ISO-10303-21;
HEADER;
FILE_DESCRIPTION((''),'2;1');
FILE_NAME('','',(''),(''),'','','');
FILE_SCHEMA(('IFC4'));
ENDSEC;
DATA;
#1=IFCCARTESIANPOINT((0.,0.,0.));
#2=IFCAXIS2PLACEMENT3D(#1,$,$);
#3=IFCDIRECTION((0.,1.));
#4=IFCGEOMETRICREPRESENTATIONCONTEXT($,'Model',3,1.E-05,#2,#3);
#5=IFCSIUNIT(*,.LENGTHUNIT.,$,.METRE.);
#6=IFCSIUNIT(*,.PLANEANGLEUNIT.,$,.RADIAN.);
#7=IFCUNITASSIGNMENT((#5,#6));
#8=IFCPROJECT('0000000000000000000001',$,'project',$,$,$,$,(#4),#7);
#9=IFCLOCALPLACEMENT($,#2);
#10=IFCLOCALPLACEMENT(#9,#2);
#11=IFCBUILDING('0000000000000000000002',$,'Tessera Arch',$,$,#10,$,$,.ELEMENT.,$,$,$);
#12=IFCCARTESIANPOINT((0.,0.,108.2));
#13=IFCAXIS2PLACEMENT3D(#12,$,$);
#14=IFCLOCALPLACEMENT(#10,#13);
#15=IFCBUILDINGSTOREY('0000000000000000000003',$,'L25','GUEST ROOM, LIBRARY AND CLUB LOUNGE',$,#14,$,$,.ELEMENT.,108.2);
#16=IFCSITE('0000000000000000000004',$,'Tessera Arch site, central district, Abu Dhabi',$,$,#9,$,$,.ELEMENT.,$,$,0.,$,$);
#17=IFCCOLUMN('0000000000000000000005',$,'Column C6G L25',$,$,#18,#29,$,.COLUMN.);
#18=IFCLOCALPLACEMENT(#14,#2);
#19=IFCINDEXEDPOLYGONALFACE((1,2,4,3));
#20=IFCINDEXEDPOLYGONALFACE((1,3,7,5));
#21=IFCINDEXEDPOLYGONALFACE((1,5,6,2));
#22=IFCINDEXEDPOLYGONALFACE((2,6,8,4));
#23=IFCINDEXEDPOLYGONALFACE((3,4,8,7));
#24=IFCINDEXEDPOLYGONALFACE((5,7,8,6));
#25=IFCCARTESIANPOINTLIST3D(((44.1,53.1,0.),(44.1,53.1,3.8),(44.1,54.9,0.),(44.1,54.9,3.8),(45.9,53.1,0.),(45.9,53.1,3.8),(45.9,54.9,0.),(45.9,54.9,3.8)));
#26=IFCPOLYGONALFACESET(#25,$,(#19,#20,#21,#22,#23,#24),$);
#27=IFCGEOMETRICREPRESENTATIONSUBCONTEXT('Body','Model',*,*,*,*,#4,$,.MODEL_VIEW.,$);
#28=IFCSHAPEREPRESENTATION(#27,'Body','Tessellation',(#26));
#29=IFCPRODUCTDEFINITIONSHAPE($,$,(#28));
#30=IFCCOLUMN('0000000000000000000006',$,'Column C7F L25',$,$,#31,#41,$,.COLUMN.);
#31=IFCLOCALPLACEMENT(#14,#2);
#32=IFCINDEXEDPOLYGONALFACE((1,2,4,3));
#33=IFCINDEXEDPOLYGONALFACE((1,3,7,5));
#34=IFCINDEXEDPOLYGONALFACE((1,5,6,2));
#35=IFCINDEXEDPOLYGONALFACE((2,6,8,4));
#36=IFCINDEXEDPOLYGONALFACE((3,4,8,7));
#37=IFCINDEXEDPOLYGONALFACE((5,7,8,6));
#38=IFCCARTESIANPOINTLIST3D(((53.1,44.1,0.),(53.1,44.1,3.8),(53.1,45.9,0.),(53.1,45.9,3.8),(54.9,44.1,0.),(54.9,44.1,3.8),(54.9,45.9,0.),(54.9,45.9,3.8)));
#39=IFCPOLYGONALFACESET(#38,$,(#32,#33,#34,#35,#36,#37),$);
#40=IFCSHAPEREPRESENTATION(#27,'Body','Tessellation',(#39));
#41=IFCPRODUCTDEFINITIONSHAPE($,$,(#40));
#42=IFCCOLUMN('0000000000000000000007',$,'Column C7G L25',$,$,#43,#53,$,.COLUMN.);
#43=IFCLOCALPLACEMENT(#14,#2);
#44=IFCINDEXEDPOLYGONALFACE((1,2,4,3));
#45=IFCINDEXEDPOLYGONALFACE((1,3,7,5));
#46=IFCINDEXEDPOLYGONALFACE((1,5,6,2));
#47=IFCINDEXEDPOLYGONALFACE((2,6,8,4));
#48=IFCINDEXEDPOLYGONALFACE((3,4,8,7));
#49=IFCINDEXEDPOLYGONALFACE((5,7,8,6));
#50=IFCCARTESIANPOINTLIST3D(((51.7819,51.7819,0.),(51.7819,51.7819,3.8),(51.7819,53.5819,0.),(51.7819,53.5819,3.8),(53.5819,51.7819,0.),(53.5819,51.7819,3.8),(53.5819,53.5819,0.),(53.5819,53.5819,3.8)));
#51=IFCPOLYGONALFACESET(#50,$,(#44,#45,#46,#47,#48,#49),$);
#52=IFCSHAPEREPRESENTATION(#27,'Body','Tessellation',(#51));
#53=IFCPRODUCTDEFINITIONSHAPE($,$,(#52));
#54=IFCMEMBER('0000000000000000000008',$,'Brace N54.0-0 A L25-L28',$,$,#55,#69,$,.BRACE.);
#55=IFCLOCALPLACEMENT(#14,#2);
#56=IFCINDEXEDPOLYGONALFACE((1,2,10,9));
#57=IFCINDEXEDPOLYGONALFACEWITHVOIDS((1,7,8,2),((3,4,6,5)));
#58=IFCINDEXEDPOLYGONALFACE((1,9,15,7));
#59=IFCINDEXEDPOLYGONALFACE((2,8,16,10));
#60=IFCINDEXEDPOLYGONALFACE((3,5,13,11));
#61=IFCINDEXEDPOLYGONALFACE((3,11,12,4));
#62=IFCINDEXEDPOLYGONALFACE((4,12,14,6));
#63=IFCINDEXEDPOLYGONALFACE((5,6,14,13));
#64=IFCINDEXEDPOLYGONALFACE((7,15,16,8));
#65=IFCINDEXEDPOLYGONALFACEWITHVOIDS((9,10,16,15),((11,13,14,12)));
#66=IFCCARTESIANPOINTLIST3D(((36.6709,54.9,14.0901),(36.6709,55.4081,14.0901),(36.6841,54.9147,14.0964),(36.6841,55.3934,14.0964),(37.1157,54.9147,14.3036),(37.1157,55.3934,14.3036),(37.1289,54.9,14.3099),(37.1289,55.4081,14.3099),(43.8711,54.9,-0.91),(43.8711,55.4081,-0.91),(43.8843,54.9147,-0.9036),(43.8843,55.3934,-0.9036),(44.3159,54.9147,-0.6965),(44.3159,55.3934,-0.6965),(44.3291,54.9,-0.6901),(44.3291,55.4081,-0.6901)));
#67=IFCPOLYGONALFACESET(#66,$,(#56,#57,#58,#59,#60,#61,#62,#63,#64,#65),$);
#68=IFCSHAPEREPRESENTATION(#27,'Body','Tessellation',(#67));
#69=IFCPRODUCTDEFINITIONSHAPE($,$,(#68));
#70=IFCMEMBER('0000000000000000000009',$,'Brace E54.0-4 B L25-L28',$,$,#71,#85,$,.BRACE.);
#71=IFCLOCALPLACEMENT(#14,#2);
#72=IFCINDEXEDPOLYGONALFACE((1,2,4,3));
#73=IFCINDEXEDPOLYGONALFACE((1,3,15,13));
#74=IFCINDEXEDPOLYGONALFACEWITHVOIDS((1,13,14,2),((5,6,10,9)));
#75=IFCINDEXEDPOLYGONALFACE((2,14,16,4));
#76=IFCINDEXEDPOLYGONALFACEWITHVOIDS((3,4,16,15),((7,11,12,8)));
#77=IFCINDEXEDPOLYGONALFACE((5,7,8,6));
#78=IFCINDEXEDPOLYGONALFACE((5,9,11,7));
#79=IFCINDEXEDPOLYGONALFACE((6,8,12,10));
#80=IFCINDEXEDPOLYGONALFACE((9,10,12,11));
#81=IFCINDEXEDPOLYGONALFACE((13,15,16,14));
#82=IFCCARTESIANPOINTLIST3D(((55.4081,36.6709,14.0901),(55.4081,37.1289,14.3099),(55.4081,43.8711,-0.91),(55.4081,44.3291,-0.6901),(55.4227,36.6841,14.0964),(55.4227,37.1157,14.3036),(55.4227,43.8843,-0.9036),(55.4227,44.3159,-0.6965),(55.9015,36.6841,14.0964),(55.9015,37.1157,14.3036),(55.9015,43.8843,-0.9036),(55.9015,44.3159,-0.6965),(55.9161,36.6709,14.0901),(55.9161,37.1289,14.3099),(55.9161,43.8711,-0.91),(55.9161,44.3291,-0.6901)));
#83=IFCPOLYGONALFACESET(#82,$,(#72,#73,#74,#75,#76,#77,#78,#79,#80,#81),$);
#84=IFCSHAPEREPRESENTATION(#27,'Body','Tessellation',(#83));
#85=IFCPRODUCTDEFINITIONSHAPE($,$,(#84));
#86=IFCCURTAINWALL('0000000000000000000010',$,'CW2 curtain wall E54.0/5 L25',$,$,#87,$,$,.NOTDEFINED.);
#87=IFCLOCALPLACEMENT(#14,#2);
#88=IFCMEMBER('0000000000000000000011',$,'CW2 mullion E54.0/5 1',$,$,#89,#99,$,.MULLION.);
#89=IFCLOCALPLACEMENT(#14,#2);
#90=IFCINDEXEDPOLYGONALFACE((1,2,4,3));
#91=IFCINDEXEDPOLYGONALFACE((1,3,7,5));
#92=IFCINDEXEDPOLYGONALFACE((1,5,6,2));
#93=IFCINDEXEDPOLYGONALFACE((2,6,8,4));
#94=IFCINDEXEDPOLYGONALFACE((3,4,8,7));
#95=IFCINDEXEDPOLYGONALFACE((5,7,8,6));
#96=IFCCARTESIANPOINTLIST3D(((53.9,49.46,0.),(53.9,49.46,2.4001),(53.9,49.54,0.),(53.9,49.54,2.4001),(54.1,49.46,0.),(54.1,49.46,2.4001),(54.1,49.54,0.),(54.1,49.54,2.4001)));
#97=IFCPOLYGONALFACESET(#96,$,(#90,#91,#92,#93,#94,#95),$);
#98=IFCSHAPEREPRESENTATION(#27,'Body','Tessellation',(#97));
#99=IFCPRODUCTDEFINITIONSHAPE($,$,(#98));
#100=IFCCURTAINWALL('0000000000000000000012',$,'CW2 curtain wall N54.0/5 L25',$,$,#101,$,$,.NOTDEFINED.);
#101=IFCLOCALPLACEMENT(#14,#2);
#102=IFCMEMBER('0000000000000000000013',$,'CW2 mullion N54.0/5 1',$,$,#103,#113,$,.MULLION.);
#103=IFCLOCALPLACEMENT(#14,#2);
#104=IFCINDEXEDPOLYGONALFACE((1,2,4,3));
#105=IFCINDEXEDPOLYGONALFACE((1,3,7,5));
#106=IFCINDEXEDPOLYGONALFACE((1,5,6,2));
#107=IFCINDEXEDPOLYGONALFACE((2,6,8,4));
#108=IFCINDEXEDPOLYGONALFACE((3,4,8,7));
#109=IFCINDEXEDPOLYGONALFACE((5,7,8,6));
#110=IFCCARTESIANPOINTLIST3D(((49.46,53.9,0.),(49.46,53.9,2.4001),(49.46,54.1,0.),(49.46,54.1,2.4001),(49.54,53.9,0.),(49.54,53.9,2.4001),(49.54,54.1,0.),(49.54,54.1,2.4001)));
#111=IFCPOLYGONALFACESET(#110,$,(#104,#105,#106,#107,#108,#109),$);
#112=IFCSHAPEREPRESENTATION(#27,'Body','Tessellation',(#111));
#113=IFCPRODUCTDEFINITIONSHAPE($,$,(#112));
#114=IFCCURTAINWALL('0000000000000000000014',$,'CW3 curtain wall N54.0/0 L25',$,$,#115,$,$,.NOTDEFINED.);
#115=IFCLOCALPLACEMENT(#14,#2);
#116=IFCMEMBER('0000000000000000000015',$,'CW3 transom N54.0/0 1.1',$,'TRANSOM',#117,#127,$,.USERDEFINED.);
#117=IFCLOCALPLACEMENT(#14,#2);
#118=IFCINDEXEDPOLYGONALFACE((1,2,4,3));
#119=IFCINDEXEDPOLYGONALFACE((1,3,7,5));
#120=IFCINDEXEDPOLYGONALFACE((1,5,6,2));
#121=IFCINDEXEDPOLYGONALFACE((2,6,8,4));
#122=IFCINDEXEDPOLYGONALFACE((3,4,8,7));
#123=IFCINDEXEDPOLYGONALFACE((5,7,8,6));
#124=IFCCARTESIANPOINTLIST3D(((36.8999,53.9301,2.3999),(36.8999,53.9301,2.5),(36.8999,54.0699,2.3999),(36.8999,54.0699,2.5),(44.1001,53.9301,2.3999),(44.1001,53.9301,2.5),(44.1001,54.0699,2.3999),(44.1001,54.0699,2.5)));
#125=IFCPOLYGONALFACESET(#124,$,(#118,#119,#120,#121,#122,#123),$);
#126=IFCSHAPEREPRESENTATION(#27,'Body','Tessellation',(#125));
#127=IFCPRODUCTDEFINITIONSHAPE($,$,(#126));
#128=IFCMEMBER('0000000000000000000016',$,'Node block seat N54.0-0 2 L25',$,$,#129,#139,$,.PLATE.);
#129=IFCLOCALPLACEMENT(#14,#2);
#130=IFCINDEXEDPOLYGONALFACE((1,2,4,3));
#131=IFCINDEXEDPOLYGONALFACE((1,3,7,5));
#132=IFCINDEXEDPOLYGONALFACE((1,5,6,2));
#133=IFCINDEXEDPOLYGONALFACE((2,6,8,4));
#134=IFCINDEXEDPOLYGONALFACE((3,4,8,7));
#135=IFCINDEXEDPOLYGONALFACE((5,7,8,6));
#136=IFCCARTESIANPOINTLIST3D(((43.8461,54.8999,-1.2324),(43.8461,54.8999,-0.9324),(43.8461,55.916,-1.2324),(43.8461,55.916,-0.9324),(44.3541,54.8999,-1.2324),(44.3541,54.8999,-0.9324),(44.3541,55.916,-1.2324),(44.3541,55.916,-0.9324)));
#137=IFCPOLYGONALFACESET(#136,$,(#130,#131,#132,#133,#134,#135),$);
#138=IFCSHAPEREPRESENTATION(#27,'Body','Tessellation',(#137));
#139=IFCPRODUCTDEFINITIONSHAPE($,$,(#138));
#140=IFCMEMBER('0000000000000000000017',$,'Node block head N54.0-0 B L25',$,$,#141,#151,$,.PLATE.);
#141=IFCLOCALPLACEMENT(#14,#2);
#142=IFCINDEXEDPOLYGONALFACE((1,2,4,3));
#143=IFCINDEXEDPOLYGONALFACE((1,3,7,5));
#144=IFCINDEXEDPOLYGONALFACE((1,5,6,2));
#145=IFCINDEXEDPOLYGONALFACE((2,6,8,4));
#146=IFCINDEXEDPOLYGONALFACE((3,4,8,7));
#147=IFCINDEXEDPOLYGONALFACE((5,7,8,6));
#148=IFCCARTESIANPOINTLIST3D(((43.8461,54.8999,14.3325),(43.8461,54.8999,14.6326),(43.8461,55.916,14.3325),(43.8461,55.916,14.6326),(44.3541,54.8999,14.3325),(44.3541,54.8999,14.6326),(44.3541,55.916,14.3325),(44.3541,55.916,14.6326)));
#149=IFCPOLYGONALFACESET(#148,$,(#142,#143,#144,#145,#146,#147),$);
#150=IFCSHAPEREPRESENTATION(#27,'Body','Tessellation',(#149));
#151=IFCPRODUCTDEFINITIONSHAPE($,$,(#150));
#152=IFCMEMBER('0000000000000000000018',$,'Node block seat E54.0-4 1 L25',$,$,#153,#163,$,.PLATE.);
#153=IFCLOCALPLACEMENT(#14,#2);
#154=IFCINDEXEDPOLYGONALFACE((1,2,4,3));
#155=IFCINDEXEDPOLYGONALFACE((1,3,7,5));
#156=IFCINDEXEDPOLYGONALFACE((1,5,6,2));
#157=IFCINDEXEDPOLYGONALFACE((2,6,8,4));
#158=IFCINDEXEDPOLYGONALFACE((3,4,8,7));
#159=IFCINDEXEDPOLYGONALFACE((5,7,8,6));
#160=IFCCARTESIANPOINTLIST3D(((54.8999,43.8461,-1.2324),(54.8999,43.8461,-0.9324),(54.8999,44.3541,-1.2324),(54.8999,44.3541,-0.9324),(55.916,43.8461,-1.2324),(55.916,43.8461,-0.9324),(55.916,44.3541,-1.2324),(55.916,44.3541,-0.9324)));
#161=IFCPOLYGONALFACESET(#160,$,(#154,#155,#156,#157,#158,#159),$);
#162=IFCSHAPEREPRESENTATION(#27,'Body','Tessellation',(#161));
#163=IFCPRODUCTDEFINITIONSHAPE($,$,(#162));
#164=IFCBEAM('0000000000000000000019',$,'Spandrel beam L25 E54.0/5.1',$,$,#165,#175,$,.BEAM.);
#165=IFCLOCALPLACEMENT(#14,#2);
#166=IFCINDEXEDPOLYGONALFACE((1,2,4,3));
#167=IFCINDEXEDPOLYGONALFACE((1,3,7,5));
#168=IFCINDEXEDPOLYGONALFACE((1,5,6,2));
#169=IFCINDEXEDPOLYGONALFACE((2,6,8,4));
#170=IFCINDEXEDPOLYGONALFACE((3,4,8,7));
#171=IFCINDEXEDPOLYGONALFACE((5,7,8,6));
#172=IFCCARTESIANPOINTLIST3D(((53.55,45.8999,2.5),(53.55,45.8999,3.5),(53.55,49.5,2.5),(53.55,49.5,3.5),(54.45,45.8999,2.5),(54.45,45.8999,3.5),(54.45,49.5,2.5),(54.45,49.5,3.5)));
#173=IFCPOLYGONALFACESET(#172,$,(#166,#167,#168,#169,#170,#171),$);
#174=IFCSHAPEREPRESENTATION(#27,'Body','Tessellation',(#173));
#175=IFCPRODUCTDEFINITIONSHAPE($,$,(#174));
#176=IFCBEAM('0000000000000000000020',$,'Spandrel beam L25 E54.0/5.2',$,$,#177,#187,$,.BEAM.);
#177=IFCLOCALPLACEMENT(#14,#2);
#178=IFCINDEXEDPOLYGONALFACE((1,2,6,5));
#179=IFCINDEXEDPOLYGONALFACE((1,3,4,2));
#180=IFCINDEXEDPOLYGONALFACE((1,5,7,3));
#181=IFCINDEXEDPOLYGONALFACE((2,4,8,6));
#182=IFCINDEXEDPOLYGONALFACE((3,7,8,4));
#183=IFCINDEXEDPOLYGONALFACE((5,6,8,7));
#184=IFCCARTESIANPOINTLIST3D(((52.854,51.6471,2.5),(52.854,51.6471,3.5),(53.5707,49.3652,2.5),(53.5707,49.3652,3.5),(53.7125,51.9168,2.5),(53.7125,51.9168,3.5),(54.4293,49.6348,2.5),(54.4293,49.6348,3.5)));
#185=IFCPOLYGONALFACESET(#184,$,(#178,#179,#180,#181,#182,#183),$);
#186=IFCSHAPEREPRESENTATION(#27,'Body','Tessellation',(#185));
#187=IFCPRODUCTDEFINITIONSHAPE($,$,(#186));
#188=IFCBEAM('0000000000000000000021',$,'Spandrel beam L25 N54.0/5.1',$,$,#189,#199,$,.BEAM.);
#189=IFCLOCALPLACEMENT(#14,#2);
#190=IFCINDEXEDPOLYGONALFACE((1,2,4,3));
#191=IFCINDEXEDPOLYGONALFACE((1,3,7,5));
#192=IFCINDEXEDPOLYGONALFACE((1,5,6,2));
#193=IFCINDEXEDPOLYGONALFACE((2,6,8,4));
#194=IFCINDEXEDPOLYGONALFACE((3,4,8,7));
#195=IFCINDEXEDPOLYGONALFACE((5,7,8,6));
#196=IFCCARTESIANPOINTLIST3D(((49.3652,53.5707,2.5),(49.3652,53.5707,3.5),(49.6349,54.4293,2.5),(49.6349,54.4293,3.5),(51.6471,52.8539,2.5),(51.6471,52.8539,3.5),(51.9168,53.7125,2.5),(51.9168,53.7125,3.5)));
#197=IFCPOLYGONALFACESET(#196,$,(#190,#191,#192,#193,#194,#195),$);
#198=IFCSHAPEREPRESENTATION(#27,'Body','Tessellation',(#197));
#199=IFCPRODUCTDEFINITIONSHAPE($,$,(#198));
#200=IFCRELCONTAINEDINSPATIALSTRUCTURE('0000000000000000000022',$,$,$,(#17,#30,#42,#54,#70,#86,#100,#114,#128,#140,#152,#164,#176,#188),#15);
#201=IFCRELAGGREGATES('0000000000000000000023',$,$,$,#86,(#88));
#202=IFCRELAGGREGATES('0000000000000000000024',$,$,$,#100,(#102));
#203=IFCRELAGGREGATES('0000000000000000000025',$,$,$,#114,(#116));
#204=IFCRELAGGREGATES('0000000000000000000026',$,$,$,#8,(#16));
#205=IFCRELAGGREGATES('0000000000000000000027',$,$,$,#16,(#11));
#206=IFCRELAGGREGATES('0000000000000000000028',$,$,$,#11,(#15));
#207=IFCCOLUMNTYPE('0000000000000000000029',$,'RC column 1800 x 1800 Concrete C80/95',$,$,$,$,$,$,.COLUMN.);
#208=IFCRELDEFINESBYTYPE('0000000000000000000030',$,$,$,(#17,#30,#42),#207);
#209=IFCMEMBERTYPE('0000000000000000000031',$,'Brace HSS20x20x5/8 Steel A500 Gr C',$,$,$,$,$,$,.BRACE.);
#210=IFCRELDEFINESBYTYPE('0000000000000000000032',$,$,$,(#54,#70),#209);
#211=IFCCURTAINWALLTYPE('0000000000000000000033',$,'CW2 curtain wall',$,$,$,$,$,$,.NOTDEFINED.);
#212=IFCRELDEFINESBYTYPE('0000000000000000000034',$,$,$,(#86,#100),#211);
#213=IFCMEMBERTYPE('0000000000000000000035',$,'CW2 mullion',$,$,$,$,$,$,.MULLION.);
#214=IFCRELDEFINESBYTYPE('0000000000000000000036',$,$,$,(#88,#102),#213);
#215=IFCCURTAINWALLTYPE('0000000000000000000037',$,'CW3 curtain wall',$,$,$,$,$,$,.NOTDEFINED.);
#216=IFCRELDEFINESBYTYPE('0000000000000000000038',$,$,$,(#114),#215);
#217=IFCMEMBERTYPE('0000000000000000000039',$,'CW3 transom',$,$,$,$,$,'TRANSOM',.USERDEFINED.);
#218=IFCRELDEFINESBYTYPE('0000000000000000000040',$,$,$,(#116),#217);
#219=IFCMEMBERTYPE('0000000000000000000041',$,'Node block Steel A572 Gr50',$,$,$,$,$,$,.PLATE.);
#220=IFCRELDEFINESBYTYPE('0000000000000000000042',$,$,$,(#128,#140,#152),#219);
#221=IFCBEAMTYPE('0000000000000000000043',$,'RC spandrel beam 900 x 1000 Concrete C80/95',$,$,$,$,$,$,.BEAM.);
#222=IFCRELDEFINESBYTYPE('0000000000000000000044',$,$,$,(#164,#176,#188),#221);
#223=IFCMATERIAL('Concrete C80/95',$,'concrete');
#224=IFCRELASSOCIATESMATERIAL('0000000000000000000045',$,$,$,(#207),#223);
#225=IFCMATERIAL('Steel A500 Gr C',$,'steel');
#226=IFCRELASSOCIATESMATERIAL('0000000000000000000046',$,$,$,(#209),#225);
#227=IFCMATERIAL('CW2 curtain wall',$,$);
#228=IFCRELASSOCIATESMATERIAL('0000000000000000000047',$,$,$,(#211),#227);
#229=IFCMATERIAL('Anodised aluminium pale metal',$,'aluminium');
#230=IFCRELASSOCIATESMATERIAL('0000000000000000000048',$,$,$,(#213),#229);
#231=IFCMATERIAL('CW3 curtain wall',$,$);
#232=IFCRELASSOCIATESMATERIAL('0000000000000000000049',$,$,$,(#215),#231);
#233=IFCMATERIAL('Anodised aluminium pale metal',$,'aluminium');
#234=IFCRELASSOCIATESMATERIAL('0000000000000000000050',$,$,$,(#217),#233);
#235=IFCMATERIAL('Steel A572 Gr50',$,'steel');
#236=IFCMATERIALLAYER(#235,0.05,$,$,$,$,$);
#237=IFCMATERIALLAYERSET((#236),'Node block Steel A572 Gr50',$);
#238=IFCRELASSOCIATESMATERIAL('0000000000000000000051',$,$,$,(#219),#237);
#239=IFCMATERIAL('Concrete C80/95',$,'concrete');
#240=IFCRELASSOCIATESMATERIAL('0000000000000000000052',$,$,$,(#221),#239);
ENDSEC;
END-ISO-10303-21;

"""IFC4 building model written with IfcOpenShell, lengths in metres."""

from ifc_helpers import new_model, si_unit, direction, frame, origin, origin_2d, place, context, subcontext, project, spatial, rectangle, hollow_rectangle, extrude, material, layer, layer_set, material_profile, profile_set, type_object, element, aggregate, save


model = new_model("IFC4")

# Units and contexts
model_context = context("Model", 3, precision=1e-05, world=origin(), true_north=direction((0.0, 1.0)))
body_context = subcontext(model_context, "Body", "Model", "MODEL_VIEW")
ifc_project = project(units=[si_unit("LENGTHUNIT", "METRE"), si_unit("PLANEANGLEUNIT", "RADIAN")], contexts=[model_context])

# Site, building, storey
site_placement = place(None, origin())
site = spatial("IfcSite", under=ifc_project, at=site_placement, Name="Tessera Arch site, central district, Abu Dhabi", CompositionType="ELEMENT", RefElevation=0.0)
building_placement = place(site_placement, origin())
building = spatial("IfcBuilding", under=site, at=building_placement, Name="Tessera Arch", CompositionType="ELEMENT")
storey_placement = place(building_placement, frame((0.0, 0.0, 108.2)))
storey = spatial("IfcBuildingStorey", under=building, at=storey_placement, Name="L25", Description="GUEST ROOM, LIBRARY AND CLUB LOUNGE", CompositionType="ELEMENT", Elevation=108.2)

# Columns
ifc_material_1 = material(Name="Concrete C80/95", Category="concrete")
ifc_material_profile_1 = material_profile(ifc_material_1, rectangle(XDim=1.8, YDim=1.8, at=origin_2d()), Name="RC column 1800 x 1800 Concrete C80/95")
ifc_profile_set_1 = profile_set([ifc_material_profile_1], Name="Concrete C80/95")
column_type = type_object("IfcColumnType", Name="RC column 1800 x 1800 Concrete C80/95", PredefinedType="COLUMN", material=ifc_profile_set_1)
for number, where, z_axis, x_axis, name in (
    (1, (45.0, 54.0, 0.0), (0.0, 0.0, 1.0), (1.0, 0.0, 0.0), "Column C6G L25"),
    (2, (54.0, 45.0, 0.0), (0.0, 0.0, 1.0), (1.0, 0.0, 0.0), "Column C7F L25"),
    (3, (52.6819, 52.6819, 0.0), (0.0, 0.0, 1.0), (1.0, 0.0, 0.0), "Column C7G L25"),
):
    element("IfcColumn", number, at=place(storey_placement, frame(where, z_axis=z_axis, x_axis=x_axis)), inside=storey, type_object=column_type, Name=name, PredefinedType="COLUMN", context=body_context, shape_type="SweptSolid", body=[
        extrude(rectangle(XDim=1.8, YDim=1.8, at=origin_2d()), origin(), (0.0, 0.0, 1.0), 3.8),
    ])

# Members
ifc_material_2 = material(Name="Steel A500 Gr C", Category="steel")
ifc_material_profile_2 = material_profile(ifc_material_2, hollow_rectangle(XDim=0.5081, YDim=0.5081, WallThickness=0.0146, at=origin_2d()), Name="HSS20x20x5/8")
ifc_profile_set_2 = profile_set([ifc_material_profile_2], Name="Steel A500 Gr C")
member_type_1 = type_object("IfcMemberType", Name="Brace HSS20x20x5/8 Steel A500 Gr C", PredefinedType="BRACE", material=ifc_profile_set_2)
for number, where, z_axis, x_axis, name in (
    (4, (44.1001, 55.1541, -0.8), (-0.432741, 0.0, 0.901518), (0.0, -1.0, 0.0), "Brace N54.0-0 A L25-L28"),
    (5, (55.6621, 44.1001, -0.8), (0.0, -0.432741, 0.901518), (1.0, 0.0, 0.0), "Brace E54.0-4 B L25-L28"),
):
    element("IfcMember", number, at=place(storey_placement, frame(where, z_axis=z_axis, x_axis=x_axis)), inside=storey, type_object=member_type_1, Name=name, PredefinedType="BRACE", context=body_context, shape_type="SweptSolid", body=[
        extrude(hollow_rectangle(XDim=0.5081, YDim=0.5081, WallThickness=0.0146, at=origin_2d()), origin(), (0.0, 0.0, 1.0), 16.6387),
    ])

# Curtain walls, members
ifc_material_3 = material(Name="CW2 curtain wall")
curtain_wall_type_1 = type_object("IfcCurtainWallType", Name="CW2 curtain wall", PredefinedType="NOTDEFINED", material=ifc_material_3)
curtain_wall_1_placement = place(storey_placement, origin())
curtain_wall_1 = element("IfcCurtainWall", 6, at=curtain_wall_1_placement, inside=storey, type_object=curtain_wall_type_1, Name="CW2 curtain wall E54.0/5 L25", PredefinedType="NOTDEFINED")
ifc_material_4 = material(Name="Anodised aluminium pale metal", Category="aluminium")
ifc_material_profile_3 = material_profile(ifc_material_4, rectangle(XDim=0.2, YDim=0.0801, at=origin_2d()), Name="AL 80x200")
ifc_profile_set_3 = profile_set([ifc_material_profile_3], Name="Anodised aluminium pale metal")
member_type_2 = type_object("IfcMemberType", Name="CW2 mullion", PredefinedType="MULLION", material=ifc_profile_set_3)
member_1_placement = place(storey_placement, frame((54.0, 49.5, 0.0), z_axis=(0.0, 0.0, 1.0), x_axis=(-1.0, 0.0, 0.0)))
member_1 = element("IfcMember", 7, at=member_1_placement, type_object=member_type_2, Name="CW2 mullion E54.0/5 1", PredefinedType="MULLION", context=body_context, shape_type="SweptSolid", body=[
    extrude(rectangle(XDim=0.2, YDim=0.0801, at=origin_2d()), origin(), (0.0, 0.0, 1.0), 2.4001),
])
curtain_wall_2_placement = place(storey_placement, origin())
curtain_wall_2 = element("IfcCurtainWall", 8, at=curtain_wall_2_placement, inside=storey, type_object=curtain_wall_type_1, Name="CW2 curtain wall N54.0/5 L25", PredefinedType="NOTDEFINED")
member_2_placement = place(storey_placement, frame((49.5, 54.0, 0.0), z_axis=(0.0, 0.0, 1.0), x_axis=(0.0, -1.0, 0.0)))
member_2 = element("IfcMember", 9, at=member_2_placement, type_object=member_type_2, Name="CW2 mullion N54.0/5 1", PredefinedType="MULLION", context=body_context, shape_type="SweptSolid", body=[
    extrude(rectangle(XDim=0.2, YDim=0.0801, at=origin_2d()), origin(), (0.0, 0.0, 1.0), 2.4001),
])
ifc_material_5 = material(Name="CW3 curtain wall")
curtain_wall_type_2 = type_object("IfcCurtainWallType", Name="CW3 curtain wall", PredefinedType="NOTDEFINED", material=ifc_material_5)
curtain_wall_3_placement = place(storey_placement, origin())
curtain_wall_3 = element("IfcCurtainWall", 10, at=curtain_wall_3_placement, inside=storey, type_object=curtain_wall_type_2, Name="CW3 curtain wall N54.0/0 L25", PredefinedType="NOTDEFINED")
ifc_material_6 = material(Name="Anodised aluminium pale metal", Category="aluminium")
ifc_material_profile_4 = material_profile(ifc_material_6, rectangle(XDim=0.1399, YDim=0.1001, at=origin_2d()), Name="AL 140x100")
ifc_profile_set_4 = profile_set([ifc_material_profile_4], Name="Anodised aluminium pale metal")
member_type_3 = type_object("IfcMemberType", Name="CW3 transom", ElementType="TRANSOM", PredefinedType="USERDEFINED", material=ifc_profile_set_4)
member_3_placement = place(storey_placement, frame((44.1001, 54.0, 2.45), z_axis=(-1.0, 0.0, 0.0), x_axis=(0.0, -1.0, 0.0)))
member_3 = element("IfcMember", 11, at=member_3_placement, type_object=member_type_3, Name="CW3 transom N54.0/0 1.1", ObjectType="TRANSOM", PredefinedType="USERDEFINED", context=body_context, shape_type="SweptSolid", body=[
    extrude(rectangle(XDim=0.1399, YDim=0.1001, at=origin_2d()), origin(), (0.0, 0.0, 1.0), 7.2002),
])

# Members
ifc_material_7 = material(Name="Steel A572 Gr50", Category="steel")
ifc_layer_1 = layer(ifc_material_7, 0.05)
ifc_layer_set_1 = layer_set([ifc_layer_1], Name="Node block Steel A572 Gr50")
member_type_4 = type_object("IfcMemberType", Name="Node block Steel A572 Gr50", PredefinedType="PLATE", material=ifc_layer_set_1)
for number, where, z_axis, x_axis, name in (
    (12, (44.1001, 55.408, -1.2324), (0.0, 0.0, 1.0), (-1.0, 0.0, 0.0), "Node block seat N54.0-0 2 L25"),
    (13, (44.1001, 55.408, 14.3325), (0.0, 0.0, 1.0), (-1.0, 0.0, 0.0), "Node block head N54.0-0 B L25"),
    (14, (55.408, 44.1001, -1.2324), (0.0, 0.0, 1.0), (0.0, 1.0, 0.0), "Node block seat E54.0-4 1 L25"),
):
    element("IfcMember", number, at=place(storey_placement, frame(where, z_axis=z_axis, x_axis=x_axis)), inside=storey, type_object=member_type_4, Name=name, PredefinedType="PLATE", context=body_context, shape_type="SweptSolid", body=[
        extrude(rectangle(XDim=0.5081, YDim=1.0161, at=origin_2d()), origin(), (0.0, 0.0, 1.0), 0.3),
    ])

# Beams
ifc_material_8 = material(Name="Concrete C80/95", Category="concrete")
ifc_material_profile_5 = material_profile(ifc_material_8, rectangle(XDim=0.8999, YDim=1.0, at=origin_2d()), Name="RC spandrel beam 900 x 1000 Concrete C80/95")
ifc_profile_set_5 = profile_set([ifc_material_profile_5], Name="Concrete C80/95")
beam_type = type_object("IfcBeamType", Name="RC spandrel beam 900 x 1000 Concrete C80/95", PredefinedType="BEAM", material=ifc_profile_set_5)
beam_1_placement = place(storey_placement, frame((54.0, 45.8999, 3.0), z_axis=(0.0, 1.0, 0.0), x_axis=(-1.0, 0.0, 0.0)))
element("IfcBeam", 15, at=beam_1_placement, inside=storey, type_object=beam_type, Name="Spandrel beam L25 E54.0/5.1", PredefinedType="BEAM", context=body_context, shape_type="SweptSolid", body=[
    extrude(rectangle(XDim=0.8999, YDim=1.0, at=origin_2d()), origin(), (0.0, 0.0, 1.0), 3.6001),
])
for number, where, z_axis, x_axis, name in (
    (16, (54.0, 49.5, 3.0), (-0.299675, 0.954041, 0.0), (-0.954041, -0.299675, 0.0), "Spandrel beam L25 E54.0/5.2"),
    (17, (51.782, 53.2832, 3.0), (-0.954041, 0.299675, 0.0), (-0.299675, -0.954041, 0.0), "Spandrel beam L25 N54.0/5.1"),
):
    element("IfcBeam", number, at=place(storey_placement, frame(where, z_axis=z_axis, x_axis=x_axis)), inside=storey, type_object=beam_type, Name=name, PredefinedType="BEAM", context=body_context, shape_type="SweptSolid", body=[
        extrude(rectangle(XDim=0.8999, YDim=1.0, at=origin_2d()), origin(), (0.0, 0.0, 1.0), 2.3918),
    ])

aggregate(curtain_wall_1, [member_1])
aggregate(curtain_wall_2, [member_2])

aggregate(curtain_wall_3, [member_3])

save(model, "model.ifc")
